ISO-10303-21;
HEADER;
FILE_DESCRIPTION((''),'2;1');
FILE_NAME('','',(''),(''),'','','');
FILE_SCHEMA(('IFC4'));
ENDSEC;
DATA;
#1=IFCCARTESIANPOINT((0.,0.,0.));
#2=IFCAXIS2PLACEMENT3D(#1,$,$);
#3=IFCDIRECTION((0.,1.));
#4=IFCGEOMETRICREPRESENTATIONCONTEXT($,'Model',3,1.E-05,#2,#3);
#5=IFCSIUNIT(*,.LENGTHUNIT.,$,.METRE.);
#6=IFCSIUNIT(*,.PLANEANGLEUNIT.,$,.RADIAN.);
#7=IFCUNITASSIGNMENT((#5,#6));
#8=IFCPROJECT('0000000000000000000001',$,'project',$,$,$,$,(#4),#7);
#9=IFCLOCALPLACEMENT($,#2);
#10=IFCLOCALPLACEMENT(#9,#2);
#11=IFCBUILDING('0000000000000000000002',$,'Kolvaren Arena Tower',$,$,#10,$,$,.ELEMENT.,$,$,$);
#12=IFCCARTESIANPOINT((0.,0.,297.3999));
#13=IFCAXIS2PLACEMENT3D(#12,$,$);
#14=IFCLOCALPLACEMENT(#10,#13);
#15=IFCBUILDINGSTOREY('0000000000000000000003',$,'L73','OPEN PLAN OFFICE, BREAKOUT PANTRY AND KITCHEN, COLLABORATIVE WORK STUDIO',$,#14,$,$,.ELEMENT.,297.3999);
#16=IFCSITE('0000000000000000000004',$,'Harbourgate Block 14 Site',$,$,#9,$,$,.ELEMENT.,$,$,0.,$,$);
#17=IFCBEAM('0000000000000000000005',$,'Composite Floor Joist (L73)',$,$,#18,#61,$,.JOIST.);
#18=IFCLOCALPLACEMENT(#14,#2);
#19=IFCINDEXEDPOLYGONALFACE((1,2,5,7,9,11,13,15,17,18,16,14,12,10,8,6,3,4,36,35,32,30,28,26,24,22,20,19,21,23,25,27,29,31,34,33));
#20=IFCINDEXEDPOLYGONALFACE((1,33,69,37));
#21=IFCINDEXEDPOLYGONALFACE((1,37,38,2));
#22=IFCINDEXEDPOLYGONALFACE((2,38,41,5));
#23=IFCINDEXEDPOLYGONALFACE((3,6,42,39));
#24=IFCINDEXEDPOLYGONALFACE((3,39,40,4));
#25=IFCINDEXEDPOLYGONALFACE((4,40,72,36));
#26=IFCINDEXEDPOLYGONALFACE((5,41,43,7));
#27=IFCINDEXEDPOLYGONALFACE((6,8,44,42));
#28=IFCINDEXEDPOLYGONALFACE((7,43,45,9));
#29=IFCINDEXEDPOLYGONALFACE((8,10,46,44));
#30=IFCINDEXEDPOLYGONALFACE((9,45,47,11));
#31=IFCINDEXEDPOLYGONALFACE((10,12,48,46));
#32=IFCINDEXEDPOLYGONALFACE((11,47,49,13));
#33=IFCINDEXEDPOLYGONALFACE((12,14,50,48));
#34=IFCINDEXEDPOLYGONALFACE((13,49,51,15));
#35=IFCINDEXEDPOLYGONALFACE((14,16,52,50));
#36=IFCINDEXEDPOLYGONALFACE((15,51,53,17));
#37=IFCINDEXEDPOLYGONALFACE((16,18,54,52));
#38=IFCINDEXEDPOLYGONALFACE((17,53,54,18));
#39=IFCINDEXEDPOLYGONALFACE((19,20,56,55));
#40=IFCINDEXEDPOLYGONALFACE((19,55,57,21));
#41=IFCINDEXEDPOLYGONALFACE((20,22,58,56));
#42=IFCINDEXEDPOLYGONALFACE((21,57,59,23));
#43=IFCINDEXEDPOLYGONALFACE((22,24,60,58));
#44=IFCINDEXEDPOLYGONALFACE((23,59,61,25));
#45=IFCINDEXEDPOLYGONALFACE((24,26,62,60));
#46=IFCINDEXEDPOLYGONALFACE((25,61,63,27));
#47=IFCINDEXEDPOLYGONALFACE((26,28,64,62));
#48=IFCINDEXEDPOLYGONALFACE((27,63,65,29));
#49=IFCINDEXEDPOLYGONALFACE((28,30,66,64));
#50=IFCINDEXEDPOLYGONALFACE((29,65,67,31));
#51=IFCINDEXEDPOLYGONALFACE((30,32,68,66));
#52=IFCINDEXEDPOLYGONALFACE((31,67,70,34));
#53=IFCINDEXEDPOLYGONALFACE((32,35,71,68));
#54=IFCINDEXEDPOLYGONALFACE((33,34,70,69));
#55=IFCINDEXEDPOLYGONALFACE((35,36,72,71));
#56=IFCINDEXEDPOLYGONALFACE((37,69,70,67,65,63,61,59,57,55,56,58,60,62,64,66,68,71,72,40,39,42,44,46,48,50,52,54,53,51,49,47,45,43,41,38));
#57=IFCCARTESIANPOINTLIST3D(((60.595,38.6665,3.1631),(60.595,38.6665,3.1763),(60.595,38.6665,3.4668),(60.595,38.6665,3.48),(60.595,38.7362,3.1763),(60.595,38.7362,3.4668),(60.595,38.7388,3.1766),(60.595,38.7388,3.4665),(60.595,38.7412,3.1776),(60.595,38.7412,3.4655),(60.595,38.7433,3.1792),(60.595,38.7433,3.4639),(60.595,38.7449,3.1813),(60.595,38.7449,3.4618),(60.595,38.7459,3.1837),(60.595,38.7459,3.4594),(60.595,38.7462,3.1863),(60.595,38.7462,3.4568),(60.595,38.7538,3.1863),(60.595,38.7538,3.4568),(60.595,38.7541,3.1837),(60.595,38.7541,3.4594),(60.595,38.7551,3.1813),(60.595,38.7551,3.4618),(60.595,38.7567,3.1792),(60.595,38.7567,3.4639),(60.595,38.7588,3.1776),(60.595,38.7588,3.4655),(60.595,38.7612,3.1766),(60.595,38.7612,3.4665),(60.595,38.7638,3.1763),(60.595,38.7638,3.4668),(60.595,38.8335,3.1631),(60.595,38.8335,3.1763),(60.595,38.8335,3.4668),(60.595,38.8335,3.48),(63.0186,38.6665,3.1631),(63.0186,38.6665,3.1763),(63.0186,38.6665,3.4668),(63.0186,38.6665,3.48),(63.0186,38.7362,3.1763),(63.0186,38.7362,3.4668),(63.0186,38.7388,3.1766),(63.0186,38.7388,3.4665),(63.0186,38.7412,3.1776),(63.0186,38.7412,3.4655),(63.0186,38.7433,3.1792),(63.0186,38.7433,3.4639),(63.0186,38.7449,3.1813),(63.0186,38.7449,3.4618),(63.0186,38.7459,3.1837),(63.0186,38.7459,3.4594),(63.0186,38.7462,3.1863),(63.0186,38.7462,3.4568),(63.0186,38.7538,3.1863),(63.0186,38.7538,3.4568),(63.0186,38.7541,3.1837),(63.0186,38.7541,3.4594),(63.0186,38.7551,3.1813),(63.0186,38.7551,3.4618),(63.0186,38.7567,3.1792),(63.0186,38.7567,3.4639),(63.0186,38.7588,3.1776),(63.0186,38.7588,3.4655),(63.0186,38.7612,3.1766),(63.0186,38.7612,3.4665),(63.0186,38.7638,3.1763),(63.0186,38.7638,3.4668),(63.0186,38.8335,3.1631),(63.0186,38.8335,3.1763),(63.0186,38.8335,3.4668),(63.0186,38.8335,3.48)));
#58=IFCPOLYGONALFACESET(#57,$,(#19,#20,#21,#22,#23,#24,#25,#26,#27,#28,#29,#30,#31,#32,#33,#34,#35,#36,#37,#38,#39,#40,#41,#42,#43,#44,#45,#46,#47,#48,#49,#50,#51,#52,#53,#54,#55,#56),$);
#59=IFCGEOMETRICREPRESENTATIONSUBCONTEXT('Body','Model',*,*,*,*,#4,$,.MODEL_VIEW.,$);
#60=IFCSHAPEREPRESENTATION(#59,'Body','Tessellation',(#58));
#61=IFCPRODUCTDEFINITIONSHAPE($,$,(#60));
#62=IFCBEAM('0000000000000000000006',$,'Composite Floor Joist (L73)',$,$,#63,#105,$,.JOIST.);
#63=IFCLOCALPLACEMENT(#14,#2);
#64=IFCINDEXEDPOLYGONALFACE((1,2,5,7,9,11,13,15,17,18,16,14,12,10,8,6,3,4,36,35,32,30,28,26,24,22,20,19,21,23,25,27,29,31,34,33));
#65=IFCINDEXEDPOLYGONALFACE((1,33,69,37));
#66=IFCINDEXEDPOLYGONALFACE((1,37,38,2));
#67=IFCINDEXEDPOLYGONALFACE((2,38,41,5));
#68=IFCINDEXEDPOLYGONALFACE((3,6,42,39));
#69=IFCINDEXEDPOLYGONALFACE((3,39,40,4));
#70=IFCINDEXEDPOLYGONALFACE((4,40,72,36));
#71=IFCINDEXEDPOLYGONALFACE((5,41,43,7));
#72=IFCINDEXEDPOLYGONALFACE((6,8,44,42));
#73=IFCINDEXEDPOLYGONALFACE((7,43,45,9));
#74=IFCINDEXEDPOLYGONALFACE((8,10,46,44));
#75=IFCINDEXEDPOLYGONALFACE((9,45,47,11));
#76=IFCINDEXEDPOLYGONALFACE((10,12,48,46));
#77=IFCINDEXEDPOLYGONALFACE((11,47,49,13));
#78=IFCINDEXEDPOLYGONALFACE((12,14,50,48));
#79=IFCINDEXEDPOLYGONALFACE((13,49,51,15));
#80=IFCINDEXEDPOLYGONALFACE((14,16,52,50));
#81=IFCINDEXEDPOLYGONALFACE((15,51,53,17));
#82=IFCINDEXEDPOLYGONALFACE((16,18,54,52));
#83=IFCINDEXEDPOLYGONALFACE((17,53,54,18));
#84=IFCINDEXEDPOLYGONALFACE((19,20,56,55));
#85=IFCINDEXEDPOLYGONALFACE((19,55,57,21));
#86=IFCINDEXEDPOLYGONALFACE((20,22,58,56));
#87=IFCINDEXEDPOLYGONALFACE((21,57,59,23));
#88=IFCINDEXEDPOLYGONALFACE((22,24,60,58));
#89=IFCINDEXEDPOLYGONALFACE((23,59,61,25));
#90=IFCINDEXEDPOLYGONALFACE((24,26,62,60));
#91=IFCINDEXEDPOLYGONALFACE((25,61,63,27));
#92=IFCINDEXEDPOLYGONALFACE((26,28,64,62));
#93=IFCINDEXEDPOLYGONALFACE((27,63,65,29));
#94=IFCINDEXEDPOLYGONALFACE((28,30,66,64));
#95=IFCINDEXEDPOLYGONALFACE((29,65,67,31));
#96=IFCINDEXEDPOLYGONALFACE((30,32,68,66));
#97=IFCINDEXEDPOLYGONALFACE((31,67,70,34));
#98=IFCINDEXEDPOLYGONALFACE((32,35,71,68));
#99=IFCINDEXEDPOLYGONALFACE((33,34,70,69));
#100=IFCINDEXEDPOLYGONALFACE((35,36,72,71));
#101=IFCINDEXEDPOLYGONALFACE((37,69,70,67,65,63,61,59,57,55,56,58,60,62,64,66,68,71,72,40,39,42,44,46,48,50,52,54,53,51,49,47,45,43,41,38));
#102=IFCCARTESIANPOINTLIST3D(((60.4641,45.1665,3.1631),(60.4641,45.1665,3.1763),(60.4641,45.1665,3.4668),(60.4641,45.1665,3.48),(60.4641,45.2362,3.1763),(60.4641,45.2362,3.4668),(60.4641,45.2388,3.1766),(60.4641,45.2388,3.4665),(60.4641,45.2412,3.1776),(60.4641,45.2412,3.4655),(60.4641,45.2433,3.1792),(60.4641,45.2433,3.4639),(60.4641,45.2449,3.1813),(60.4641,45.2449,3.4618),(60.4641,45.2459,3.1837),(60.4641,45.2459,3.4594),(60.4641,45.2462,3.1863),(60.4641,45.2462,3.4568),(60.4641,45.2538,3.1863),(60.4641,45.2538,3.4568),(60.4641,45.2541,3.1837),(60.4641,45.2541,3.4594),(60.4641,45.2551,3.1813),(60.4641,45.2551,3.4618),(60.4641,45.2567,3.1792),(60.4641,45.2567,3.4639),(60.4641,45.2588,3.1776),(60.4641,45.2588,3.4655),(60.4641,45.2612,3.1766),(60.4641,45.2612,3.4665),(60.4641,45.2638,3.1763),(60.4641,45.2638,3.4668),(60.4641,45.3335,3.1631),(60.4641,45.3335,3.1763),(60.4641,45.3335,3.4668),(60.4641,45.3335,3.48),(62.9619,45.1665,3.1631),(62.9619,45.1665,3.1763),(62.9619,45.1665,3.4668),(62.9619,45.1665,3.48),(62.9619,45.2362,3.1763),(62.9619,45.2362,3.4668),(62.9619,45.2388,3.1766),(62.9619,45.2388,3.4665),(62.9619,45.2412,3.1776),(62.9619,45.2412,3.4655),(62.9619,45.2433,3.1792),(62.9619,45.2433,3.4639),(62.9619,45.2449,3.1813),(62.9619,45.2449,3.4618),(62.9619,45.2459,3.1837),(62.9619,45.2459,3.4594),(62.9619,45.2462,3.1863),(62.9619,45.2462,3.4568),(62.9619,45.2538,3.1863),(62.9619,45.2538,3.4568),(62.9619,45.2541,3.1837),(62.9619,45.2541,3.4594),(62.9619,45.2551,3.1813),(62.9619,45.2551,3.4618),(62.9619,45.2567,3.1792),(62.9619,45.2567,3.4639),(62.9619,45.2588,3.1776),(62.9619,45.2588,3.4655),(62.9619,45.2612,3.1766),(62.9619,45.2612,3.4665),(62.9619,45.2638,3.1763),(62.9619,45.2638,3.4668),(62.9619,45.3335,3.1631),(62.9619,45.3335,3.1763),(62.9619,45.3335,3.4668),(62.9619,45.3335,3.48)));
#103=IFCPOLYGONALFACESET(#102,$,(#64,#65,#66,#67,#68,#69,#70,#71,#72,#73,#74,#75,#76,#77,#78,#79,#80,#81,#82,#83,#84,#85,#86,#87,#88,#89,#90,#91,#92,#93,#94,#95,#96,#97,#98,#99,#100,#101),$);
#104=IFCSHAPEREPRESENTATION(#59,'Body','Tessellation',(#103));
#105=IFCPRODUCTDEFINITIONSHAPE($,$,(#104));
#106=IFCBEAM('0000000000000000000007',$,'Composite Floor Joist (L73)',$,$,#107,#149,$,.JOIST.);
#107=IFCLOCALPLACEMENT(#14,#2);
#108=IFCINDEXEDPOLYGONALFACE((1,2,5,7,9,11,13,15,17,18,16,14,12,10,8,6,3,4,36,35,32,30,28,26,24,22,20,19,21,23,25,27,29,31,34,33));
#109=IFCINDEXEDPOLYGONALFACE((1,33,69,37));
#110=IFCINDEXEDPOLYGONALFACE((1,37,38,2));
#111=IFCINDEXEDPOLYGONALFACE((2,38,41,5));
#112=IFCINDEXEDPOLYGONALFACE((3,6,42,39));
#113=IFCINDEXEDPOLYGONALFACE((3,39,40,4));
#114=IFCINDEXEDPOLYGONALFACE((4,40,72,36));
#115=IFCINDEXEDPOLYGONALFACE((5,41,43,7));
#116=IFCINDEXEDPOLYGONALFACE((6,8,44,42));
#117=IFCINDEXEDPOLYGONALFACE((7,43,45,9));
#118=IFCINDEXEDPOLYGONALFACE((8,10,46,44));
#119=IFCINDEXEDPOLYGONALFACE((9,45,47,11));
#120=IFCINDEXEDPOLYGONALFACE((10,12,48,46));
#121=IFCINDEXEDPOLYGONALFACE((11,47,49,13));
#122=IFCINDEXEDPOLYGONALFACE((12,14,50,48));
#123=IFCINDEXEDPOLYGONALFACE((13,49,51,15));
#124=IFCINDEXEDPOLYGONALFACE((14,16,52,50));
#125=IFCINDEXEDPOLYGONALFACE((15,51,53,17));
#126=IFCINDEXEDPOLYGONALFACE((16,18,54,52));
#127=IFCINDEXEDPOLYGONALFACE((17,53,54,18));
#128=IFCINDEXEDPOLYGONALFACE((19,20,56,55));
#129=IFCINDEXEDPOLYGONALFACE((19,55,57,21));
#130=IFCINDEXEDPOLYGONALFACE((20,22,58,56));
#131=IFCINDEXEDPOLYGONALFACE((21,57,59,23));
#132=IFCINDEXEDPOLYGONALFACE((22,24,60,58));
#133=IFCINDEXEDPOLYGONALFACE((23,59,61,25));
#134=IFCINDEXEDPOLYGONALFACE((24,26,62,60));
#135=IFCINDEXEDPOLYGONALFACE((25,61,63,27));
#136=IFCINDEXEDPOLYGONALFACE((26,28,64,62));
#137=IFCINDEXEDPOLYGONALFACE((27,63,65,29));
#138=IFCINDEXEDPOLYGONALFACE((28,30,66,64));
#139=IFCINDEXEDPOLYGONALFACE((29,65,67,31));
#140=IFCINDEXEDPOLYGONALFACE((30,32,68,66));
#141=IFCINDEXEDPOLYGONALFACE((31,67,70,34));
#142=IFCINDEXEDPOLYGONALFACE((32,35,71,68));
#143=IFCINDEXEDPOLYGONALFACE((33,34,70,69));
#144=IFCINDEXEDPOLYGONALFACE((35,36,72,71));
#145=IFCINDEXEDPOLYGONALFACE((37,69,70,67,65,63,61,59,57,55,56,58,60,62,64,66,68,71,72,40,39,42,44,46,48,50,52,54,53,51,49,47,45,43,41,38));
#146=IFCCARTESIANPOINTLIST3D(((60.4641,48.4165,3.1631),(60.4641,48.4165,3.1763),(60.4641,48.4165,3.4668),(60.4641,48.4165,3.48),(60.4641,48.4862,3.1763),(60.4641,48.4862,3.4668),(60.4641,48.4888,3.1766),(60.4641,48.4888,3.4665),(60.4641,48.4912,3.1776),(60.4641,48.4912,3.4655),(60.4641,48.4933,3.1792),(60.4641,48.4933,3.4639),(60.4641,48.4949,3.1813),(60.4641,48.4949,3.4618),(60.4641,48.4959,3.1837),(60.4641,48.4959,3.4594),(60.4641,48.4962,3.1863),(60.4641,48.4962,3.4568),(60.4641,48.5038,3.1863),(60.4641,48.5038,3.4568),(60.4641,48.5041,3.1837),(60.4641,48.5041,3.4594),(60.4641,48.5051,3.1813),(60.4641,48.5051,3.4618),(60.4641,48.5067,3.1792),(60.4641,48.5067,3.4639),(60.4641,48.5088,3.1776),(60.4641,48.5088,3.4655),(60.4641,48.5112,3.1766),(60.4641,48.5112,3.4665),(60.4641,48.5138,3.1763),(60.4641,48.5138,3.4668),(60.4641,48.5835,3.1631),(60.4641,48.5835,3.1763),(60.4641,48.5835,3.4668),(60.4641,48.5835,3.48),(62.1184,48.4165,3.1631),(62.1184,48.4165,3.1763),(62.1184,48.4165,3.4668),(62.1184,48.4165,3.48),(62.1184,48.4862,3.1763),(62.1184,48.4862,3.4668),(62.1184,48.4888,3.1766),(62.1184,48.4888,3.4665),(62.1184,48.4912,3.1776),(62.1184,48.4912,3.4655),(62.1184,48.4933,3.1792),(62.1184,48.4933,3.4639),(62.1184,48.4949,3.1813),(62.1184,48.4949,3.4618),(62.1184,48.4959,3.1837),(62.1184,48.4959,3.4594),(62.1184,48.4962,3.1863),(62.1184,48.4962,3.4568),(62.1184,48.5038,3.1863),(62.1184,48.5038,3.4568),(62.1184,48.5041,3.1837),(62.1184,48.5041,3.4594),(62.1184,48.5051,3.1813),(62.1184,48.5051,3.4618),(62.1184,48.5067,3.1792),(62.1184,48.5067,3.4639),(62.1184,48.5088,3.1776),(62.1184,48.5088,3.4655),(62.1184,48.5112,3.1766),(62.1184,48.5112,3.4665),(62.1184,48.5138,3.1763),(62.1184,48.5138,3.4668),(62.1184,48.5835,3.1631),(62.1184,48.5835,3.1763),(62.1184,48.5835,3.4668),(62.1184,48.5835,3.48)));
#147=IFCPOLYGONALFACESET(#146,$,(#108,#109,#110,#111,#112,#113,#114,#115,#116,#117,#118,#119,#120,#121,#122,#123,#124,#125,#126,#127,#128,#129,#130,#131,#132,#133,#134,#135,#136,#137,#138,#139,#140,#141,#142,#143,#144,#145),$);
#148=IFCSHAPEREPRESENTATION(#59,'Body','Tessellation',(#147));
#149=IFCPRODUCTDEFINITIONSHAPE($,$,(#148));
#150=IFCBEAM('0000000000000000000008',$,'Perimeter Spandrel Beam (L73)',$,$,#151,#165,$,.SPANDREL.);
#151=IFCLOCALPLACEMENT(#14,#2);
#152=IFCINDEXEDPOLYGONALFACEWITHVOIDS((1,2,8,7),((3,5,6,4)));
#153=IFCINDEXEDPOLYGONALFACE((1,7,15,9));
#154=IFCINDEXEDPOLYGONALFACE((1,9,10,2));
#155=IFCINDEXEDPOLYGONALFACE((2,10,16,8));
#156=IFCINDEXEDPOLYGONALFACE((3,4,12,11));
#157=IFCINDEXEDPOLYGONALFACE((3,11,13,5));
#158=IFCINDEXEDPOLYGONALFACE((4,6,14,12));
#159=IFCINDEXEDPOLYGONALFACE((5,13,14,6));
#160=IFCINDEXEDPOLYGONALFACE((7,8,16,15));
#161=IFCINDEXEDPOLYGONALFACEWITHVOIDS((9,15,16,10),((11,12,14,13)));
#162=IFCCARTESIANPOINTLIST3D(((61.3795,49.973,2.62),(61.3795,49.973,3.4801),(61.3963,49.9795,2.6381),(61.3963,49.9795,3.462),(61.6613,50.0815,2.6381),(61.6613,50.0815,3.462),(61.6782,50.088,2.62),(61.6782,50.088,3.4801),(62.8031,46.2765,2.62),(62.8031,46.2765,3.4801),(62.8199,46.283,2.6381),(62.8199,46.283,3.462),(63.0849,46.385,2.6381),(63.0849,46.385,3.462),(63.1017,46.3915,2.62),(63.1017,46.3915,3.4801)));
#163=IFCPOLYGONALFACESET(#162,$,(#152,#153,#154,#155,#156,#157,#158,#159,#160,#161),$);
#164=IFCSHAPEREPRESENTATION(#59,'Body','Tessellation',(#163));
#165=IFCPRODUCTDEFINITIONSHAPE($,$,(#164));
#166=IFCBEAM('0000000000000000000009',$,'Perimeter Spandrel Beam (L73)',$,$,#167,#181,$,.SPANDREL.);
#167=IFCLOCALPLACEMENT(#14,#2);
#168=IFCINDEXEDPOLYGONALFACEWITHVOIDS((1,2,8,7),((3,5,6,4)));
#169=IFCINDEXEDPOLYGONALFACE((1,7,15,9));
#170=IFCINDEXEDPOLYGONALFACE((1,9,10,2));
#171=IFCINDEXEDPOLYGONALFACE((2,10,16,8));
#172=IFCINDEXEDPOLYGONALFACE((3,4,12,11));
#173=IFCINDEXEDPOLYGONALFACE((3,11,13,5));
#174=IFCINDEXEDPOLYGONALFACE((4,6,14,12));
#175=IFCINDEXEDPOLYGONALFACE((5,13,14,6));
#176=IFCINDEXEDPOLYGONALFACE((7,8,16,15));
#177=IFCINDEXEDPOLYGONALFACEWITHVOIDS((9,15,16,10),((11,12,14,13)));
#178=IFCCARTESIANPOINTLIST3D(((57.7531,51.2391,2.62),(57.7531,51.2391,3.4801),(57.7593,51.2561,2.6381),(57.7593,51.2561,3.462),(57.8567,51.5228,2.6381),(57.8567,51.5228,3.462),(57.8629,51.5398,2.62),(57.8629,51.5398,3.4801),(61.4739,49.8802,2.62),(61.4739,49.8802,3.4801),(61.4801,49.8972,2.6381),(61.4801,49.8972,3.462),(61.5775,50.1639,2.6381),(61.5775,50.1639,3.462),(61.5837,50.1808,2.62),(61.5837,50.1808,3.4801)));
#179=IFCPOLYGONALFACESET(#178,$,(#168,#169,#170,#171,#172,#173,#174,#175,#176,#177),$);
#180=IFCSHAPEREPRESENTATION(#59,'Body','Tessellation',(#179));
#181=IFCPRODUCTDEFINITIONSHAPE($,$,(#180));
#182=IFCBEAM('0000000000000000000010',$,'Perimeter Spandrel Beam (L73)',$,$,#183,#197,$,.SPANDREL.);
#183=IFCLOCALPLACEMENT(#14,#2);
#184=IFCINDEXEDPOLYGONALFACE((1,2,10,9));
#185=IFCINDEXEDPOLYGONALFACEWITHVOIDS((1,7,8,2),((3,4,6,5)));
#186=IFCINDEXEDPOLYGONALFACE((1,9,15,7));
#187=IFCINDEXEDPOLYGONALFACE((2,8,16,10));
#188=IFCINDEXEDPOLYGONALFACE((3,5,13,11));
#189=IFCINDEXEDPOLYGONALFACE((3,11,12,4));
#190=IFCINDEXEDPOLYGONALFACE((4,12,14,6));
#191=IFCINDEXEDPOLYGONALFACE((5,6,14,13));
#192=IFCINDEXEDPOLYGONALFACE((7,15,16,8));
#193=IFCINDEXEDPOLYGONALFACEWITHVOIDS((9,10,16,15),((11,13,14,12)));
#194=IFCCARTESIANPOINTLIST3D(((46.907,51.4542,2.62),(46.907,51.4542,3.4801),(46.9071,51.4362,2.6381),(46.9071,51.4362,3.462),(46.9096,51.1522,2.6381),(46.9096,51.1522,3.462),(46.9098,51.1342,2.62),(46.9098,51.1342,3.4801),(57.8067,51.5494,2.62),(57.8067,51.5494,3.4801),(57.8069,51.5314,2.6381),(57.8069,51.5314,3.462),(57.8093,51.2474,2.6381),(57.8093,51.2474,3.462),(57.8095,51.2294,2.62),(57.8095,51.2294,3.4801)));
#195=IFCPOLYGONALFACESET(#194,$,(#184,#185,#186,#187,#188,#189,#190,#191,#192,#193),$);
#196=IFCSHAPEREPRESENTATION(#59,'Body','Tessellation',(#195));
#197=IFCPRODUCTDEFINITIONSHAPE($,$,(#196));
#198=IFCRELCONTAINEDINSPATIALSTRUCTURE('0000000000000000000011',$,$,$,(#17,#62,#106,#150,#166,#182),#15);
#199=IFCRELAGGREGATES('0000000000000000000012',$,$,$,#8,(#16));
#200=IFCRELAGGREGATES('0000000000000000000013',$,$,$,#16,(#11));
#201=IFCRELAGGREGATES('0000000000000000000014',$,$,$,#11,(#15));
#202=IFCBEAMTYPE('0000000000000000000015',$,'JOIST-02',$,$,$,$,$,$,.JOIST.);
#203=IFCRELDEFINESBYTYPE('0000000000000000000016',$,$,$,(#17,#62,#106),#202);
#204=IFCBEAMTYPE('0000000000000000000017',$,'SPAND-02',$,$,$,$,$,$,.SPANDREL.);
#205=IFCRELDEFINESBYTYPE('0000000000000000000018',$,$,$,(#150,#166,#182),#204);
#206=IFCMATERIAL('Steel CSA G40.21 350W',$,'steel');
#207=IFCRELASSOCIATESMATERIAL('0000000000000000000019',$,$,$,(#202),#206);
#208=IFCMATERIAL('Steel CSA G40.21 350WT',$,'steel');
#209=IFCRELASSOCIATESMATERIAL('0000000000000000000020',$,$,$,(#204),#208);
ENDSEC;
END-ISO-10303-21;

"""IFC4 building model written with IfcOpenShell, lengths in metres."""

from ifc_helpers import new_model, si_unit, direction, frame, origin, origin_2d, place, context, subcontext, project, spatial, hollow_rectangle, i_section, extrude, material, material_profile, profile_set, type_object, element, save


model = new_model("IFC4")

# Units and contexts
model_context = context("Model", 3, precision=1e-05, world=origin(), true_north=direction((0.0, 1.0)))
body_context = subcontext(model_context, "Body", "Model", "MODEL_VIEW")
ifc_project = project(units=[si_unit("LENGTHUNIT", "METRE"), si_unit("PLANEANGLEUNIT", "RADIAN")], contexts=[model_context])

# Site, building, storey
site_placement = place(None, origin())
site = spatial("IfcSite", under=ifc_project, at=site_placement, Name="Harbourgate Block 14 Site", CompositionType="ELEMENT", RefElevation=0.0)
building_placement = place(site_placement, origin())
building = spatial("IfcBuilding", under=site, at=building_placement, Name="Kolvaren Arena Tower", CompositionType="ELEMENT")
storey_placement = place(building_placement, frame((0.0, 0.0, 297.3999)))
storey = spatial("IfcBuildingStorey", under=building, at=storey_placement, Name="L73", Description="OPEN PLAN OFFICE, BREAKOUT PANTRY AND KITCHEN, COLLABORATIVE WORK STUDIO", CompositionType="ELEMENT", Elevation=297.3999)

# Beams
ifc_material_1 = material(Name="Steel CSA G40.21 350W", Category="steel")
ifc_material_profile_1 = material_profile(ifc_material_1, i_section(OverallWidth=0.167, OverallDepth=0.3169, WebThickness=0.0076, FlangeThickness=0.0132, FilletRadius=0.01, at=origin_2d()), Name="W310x52")
ifc_profile_set_1 = profile_set([ifc_material_profile_1], Name="Steel CSA G40.21 350W")
beam_type_1 = type_object("IfcBeamType", Name="JOIST-02", PredefinedType="JOIST", material=ifc_profile_set_1)
beam_1_placement = place(storey_placement, frame((60.595, 38.75, 3.3215), z_axis=(1.0, 0.0, 0.0), x_axis=(0.0, 1.0, 0.0)))
element("IfcBeam", 1, at=beam_1_placement, inside=storey, type_object=beam_type_1, Name="Composite Floor Joist (L73)", PredefinedType="JOIST", context=body_context, shape_type="SweptSolid", body=[
    extrude(i_section(OverallWidth=0.167, OverallDepth=0.3169, WebThickness=0.0076, FlangeThickness=0.0132, FilletRadius=0.01, at=origin_2d()), origin(), (0.0, 0.0, 1.0), 2.4236),
])
beam_2_placement = place(storey_placement, frame((60.4641, 45.25, 3.3215), z_axis=(1.0, 0.0, 0.0), x_axis=(0.0, 1.0, 0.0)))
element("IfcBeam", 2, at=beam_2_placement, inside=storey, type_object=beam_type_1, Name="Composite Floor Joist (L73)", PredefinedType="JOIST", context=body_context, shape_type="SweptSolid", body=[
    extrude(i_section(OverallWidth=0.167, OverallDepth=0.3169, WebThickness=0.0076, FlangeThickness=0.0132, FilletRadius=0.01, at=origin_2d()), origin(), (0.0, 0.0, 1.0), 2.4978),
])
beam_3_placement = place(storey_placement, frame((60.4641, 48.5, 3.3215), z_axis=(1.0, 0.0, 0.0), x_axis=(0.0, 1.0, 0.0)))
element("IfcBeam", 3, at=beam_3_placement, inside=storey, type_object=beam_type_1, Name="Composite Floor Joist (L73)", PredefinedType="JOIST", context=body_context, shape_type="SweptSolid", body=[
    extrude(i_section(OverallWidth=0.167, OverallDepth=0.3169, WebThickness=0.0076, FlangeThickness=0.0132, FilletRadius=0.01, at=origin_2d()), origin(), (0.0, 0.0, 1.0), 1.6543),
])
ifc_material_2 = material(Name="Steel CSA G40.21 350WT", Category="steel")
ifc_material_profile_2 = material_profile(ifc_material_2, hollow_rectangle(XDim=0.3201, YDim=0.8601, WallThickness=0.0181, at=origin_2d()), Name="HSS 860x320x18")
ifc_profile_set_2 = profile_set([ifc_material_profile_2], Name="Steel CSA G40.21 350WT")
beam_type_2 = type_object("IfcBeamType", Name="SPAND-02", PredefinedType="SPANDREL", material=ifc_profile_set_2)
for number, where, z_axis, x_axis, name in (
    (4, (62.9524, 46.334, 3.05), (-0.359384, 0.93319, 0.0), (-0.93319, -0.359384, 0.0), "Perimeter Spandrel Beam (L73)"),
    (5, (61.5288, 50.0305, 3.05), (-0.939314, 0.343059, 0.0), (-0.343059, -0.939314, 0.0), "Perimeter Spandrel Beam (L73)"),
):
    element("IfcBeam", number, at=place(storey_placement, frame(where, z_axis=z_axis, x_axis=x_axis)), inside=storey, type_object=beam_type_2, Name=name, PredefinedType="SPANDREL", context=body_context, shape_type="SweptSolid", body=[
        extrude(hollow_rectangle(XDim=0.3201, YDim=0.8601, WallThickness=0.0181, at=origin_2d()), origin(), (0.0, 0.0, 1.0), 3.9612),
    ])
beam_4_placement = place(storey_placement, frame((57.8081, 51.3894, 3.05), z_axis=(-0.999962, -0.008735, 0.0), x_axis=(0.008735, -0.999962, 0.0)))
element("IfcBeam", 6, at=beam_4_placement, inside=storey, type_object=beam_type_2, Name="Perimeter Spandrel Beam (L73)", PredefinedType="SPANDREL", context=body_context, shape_type="SweptSolid", body=[
    extrude(hollow_rectangle(XDim=0.3201, YDim=0.8601, WallThickness=0.0181, at=origin_2d()), origin(), (0.0, 0.0, 1.0), 10.9001),
])

save(model, "model.ifc")
